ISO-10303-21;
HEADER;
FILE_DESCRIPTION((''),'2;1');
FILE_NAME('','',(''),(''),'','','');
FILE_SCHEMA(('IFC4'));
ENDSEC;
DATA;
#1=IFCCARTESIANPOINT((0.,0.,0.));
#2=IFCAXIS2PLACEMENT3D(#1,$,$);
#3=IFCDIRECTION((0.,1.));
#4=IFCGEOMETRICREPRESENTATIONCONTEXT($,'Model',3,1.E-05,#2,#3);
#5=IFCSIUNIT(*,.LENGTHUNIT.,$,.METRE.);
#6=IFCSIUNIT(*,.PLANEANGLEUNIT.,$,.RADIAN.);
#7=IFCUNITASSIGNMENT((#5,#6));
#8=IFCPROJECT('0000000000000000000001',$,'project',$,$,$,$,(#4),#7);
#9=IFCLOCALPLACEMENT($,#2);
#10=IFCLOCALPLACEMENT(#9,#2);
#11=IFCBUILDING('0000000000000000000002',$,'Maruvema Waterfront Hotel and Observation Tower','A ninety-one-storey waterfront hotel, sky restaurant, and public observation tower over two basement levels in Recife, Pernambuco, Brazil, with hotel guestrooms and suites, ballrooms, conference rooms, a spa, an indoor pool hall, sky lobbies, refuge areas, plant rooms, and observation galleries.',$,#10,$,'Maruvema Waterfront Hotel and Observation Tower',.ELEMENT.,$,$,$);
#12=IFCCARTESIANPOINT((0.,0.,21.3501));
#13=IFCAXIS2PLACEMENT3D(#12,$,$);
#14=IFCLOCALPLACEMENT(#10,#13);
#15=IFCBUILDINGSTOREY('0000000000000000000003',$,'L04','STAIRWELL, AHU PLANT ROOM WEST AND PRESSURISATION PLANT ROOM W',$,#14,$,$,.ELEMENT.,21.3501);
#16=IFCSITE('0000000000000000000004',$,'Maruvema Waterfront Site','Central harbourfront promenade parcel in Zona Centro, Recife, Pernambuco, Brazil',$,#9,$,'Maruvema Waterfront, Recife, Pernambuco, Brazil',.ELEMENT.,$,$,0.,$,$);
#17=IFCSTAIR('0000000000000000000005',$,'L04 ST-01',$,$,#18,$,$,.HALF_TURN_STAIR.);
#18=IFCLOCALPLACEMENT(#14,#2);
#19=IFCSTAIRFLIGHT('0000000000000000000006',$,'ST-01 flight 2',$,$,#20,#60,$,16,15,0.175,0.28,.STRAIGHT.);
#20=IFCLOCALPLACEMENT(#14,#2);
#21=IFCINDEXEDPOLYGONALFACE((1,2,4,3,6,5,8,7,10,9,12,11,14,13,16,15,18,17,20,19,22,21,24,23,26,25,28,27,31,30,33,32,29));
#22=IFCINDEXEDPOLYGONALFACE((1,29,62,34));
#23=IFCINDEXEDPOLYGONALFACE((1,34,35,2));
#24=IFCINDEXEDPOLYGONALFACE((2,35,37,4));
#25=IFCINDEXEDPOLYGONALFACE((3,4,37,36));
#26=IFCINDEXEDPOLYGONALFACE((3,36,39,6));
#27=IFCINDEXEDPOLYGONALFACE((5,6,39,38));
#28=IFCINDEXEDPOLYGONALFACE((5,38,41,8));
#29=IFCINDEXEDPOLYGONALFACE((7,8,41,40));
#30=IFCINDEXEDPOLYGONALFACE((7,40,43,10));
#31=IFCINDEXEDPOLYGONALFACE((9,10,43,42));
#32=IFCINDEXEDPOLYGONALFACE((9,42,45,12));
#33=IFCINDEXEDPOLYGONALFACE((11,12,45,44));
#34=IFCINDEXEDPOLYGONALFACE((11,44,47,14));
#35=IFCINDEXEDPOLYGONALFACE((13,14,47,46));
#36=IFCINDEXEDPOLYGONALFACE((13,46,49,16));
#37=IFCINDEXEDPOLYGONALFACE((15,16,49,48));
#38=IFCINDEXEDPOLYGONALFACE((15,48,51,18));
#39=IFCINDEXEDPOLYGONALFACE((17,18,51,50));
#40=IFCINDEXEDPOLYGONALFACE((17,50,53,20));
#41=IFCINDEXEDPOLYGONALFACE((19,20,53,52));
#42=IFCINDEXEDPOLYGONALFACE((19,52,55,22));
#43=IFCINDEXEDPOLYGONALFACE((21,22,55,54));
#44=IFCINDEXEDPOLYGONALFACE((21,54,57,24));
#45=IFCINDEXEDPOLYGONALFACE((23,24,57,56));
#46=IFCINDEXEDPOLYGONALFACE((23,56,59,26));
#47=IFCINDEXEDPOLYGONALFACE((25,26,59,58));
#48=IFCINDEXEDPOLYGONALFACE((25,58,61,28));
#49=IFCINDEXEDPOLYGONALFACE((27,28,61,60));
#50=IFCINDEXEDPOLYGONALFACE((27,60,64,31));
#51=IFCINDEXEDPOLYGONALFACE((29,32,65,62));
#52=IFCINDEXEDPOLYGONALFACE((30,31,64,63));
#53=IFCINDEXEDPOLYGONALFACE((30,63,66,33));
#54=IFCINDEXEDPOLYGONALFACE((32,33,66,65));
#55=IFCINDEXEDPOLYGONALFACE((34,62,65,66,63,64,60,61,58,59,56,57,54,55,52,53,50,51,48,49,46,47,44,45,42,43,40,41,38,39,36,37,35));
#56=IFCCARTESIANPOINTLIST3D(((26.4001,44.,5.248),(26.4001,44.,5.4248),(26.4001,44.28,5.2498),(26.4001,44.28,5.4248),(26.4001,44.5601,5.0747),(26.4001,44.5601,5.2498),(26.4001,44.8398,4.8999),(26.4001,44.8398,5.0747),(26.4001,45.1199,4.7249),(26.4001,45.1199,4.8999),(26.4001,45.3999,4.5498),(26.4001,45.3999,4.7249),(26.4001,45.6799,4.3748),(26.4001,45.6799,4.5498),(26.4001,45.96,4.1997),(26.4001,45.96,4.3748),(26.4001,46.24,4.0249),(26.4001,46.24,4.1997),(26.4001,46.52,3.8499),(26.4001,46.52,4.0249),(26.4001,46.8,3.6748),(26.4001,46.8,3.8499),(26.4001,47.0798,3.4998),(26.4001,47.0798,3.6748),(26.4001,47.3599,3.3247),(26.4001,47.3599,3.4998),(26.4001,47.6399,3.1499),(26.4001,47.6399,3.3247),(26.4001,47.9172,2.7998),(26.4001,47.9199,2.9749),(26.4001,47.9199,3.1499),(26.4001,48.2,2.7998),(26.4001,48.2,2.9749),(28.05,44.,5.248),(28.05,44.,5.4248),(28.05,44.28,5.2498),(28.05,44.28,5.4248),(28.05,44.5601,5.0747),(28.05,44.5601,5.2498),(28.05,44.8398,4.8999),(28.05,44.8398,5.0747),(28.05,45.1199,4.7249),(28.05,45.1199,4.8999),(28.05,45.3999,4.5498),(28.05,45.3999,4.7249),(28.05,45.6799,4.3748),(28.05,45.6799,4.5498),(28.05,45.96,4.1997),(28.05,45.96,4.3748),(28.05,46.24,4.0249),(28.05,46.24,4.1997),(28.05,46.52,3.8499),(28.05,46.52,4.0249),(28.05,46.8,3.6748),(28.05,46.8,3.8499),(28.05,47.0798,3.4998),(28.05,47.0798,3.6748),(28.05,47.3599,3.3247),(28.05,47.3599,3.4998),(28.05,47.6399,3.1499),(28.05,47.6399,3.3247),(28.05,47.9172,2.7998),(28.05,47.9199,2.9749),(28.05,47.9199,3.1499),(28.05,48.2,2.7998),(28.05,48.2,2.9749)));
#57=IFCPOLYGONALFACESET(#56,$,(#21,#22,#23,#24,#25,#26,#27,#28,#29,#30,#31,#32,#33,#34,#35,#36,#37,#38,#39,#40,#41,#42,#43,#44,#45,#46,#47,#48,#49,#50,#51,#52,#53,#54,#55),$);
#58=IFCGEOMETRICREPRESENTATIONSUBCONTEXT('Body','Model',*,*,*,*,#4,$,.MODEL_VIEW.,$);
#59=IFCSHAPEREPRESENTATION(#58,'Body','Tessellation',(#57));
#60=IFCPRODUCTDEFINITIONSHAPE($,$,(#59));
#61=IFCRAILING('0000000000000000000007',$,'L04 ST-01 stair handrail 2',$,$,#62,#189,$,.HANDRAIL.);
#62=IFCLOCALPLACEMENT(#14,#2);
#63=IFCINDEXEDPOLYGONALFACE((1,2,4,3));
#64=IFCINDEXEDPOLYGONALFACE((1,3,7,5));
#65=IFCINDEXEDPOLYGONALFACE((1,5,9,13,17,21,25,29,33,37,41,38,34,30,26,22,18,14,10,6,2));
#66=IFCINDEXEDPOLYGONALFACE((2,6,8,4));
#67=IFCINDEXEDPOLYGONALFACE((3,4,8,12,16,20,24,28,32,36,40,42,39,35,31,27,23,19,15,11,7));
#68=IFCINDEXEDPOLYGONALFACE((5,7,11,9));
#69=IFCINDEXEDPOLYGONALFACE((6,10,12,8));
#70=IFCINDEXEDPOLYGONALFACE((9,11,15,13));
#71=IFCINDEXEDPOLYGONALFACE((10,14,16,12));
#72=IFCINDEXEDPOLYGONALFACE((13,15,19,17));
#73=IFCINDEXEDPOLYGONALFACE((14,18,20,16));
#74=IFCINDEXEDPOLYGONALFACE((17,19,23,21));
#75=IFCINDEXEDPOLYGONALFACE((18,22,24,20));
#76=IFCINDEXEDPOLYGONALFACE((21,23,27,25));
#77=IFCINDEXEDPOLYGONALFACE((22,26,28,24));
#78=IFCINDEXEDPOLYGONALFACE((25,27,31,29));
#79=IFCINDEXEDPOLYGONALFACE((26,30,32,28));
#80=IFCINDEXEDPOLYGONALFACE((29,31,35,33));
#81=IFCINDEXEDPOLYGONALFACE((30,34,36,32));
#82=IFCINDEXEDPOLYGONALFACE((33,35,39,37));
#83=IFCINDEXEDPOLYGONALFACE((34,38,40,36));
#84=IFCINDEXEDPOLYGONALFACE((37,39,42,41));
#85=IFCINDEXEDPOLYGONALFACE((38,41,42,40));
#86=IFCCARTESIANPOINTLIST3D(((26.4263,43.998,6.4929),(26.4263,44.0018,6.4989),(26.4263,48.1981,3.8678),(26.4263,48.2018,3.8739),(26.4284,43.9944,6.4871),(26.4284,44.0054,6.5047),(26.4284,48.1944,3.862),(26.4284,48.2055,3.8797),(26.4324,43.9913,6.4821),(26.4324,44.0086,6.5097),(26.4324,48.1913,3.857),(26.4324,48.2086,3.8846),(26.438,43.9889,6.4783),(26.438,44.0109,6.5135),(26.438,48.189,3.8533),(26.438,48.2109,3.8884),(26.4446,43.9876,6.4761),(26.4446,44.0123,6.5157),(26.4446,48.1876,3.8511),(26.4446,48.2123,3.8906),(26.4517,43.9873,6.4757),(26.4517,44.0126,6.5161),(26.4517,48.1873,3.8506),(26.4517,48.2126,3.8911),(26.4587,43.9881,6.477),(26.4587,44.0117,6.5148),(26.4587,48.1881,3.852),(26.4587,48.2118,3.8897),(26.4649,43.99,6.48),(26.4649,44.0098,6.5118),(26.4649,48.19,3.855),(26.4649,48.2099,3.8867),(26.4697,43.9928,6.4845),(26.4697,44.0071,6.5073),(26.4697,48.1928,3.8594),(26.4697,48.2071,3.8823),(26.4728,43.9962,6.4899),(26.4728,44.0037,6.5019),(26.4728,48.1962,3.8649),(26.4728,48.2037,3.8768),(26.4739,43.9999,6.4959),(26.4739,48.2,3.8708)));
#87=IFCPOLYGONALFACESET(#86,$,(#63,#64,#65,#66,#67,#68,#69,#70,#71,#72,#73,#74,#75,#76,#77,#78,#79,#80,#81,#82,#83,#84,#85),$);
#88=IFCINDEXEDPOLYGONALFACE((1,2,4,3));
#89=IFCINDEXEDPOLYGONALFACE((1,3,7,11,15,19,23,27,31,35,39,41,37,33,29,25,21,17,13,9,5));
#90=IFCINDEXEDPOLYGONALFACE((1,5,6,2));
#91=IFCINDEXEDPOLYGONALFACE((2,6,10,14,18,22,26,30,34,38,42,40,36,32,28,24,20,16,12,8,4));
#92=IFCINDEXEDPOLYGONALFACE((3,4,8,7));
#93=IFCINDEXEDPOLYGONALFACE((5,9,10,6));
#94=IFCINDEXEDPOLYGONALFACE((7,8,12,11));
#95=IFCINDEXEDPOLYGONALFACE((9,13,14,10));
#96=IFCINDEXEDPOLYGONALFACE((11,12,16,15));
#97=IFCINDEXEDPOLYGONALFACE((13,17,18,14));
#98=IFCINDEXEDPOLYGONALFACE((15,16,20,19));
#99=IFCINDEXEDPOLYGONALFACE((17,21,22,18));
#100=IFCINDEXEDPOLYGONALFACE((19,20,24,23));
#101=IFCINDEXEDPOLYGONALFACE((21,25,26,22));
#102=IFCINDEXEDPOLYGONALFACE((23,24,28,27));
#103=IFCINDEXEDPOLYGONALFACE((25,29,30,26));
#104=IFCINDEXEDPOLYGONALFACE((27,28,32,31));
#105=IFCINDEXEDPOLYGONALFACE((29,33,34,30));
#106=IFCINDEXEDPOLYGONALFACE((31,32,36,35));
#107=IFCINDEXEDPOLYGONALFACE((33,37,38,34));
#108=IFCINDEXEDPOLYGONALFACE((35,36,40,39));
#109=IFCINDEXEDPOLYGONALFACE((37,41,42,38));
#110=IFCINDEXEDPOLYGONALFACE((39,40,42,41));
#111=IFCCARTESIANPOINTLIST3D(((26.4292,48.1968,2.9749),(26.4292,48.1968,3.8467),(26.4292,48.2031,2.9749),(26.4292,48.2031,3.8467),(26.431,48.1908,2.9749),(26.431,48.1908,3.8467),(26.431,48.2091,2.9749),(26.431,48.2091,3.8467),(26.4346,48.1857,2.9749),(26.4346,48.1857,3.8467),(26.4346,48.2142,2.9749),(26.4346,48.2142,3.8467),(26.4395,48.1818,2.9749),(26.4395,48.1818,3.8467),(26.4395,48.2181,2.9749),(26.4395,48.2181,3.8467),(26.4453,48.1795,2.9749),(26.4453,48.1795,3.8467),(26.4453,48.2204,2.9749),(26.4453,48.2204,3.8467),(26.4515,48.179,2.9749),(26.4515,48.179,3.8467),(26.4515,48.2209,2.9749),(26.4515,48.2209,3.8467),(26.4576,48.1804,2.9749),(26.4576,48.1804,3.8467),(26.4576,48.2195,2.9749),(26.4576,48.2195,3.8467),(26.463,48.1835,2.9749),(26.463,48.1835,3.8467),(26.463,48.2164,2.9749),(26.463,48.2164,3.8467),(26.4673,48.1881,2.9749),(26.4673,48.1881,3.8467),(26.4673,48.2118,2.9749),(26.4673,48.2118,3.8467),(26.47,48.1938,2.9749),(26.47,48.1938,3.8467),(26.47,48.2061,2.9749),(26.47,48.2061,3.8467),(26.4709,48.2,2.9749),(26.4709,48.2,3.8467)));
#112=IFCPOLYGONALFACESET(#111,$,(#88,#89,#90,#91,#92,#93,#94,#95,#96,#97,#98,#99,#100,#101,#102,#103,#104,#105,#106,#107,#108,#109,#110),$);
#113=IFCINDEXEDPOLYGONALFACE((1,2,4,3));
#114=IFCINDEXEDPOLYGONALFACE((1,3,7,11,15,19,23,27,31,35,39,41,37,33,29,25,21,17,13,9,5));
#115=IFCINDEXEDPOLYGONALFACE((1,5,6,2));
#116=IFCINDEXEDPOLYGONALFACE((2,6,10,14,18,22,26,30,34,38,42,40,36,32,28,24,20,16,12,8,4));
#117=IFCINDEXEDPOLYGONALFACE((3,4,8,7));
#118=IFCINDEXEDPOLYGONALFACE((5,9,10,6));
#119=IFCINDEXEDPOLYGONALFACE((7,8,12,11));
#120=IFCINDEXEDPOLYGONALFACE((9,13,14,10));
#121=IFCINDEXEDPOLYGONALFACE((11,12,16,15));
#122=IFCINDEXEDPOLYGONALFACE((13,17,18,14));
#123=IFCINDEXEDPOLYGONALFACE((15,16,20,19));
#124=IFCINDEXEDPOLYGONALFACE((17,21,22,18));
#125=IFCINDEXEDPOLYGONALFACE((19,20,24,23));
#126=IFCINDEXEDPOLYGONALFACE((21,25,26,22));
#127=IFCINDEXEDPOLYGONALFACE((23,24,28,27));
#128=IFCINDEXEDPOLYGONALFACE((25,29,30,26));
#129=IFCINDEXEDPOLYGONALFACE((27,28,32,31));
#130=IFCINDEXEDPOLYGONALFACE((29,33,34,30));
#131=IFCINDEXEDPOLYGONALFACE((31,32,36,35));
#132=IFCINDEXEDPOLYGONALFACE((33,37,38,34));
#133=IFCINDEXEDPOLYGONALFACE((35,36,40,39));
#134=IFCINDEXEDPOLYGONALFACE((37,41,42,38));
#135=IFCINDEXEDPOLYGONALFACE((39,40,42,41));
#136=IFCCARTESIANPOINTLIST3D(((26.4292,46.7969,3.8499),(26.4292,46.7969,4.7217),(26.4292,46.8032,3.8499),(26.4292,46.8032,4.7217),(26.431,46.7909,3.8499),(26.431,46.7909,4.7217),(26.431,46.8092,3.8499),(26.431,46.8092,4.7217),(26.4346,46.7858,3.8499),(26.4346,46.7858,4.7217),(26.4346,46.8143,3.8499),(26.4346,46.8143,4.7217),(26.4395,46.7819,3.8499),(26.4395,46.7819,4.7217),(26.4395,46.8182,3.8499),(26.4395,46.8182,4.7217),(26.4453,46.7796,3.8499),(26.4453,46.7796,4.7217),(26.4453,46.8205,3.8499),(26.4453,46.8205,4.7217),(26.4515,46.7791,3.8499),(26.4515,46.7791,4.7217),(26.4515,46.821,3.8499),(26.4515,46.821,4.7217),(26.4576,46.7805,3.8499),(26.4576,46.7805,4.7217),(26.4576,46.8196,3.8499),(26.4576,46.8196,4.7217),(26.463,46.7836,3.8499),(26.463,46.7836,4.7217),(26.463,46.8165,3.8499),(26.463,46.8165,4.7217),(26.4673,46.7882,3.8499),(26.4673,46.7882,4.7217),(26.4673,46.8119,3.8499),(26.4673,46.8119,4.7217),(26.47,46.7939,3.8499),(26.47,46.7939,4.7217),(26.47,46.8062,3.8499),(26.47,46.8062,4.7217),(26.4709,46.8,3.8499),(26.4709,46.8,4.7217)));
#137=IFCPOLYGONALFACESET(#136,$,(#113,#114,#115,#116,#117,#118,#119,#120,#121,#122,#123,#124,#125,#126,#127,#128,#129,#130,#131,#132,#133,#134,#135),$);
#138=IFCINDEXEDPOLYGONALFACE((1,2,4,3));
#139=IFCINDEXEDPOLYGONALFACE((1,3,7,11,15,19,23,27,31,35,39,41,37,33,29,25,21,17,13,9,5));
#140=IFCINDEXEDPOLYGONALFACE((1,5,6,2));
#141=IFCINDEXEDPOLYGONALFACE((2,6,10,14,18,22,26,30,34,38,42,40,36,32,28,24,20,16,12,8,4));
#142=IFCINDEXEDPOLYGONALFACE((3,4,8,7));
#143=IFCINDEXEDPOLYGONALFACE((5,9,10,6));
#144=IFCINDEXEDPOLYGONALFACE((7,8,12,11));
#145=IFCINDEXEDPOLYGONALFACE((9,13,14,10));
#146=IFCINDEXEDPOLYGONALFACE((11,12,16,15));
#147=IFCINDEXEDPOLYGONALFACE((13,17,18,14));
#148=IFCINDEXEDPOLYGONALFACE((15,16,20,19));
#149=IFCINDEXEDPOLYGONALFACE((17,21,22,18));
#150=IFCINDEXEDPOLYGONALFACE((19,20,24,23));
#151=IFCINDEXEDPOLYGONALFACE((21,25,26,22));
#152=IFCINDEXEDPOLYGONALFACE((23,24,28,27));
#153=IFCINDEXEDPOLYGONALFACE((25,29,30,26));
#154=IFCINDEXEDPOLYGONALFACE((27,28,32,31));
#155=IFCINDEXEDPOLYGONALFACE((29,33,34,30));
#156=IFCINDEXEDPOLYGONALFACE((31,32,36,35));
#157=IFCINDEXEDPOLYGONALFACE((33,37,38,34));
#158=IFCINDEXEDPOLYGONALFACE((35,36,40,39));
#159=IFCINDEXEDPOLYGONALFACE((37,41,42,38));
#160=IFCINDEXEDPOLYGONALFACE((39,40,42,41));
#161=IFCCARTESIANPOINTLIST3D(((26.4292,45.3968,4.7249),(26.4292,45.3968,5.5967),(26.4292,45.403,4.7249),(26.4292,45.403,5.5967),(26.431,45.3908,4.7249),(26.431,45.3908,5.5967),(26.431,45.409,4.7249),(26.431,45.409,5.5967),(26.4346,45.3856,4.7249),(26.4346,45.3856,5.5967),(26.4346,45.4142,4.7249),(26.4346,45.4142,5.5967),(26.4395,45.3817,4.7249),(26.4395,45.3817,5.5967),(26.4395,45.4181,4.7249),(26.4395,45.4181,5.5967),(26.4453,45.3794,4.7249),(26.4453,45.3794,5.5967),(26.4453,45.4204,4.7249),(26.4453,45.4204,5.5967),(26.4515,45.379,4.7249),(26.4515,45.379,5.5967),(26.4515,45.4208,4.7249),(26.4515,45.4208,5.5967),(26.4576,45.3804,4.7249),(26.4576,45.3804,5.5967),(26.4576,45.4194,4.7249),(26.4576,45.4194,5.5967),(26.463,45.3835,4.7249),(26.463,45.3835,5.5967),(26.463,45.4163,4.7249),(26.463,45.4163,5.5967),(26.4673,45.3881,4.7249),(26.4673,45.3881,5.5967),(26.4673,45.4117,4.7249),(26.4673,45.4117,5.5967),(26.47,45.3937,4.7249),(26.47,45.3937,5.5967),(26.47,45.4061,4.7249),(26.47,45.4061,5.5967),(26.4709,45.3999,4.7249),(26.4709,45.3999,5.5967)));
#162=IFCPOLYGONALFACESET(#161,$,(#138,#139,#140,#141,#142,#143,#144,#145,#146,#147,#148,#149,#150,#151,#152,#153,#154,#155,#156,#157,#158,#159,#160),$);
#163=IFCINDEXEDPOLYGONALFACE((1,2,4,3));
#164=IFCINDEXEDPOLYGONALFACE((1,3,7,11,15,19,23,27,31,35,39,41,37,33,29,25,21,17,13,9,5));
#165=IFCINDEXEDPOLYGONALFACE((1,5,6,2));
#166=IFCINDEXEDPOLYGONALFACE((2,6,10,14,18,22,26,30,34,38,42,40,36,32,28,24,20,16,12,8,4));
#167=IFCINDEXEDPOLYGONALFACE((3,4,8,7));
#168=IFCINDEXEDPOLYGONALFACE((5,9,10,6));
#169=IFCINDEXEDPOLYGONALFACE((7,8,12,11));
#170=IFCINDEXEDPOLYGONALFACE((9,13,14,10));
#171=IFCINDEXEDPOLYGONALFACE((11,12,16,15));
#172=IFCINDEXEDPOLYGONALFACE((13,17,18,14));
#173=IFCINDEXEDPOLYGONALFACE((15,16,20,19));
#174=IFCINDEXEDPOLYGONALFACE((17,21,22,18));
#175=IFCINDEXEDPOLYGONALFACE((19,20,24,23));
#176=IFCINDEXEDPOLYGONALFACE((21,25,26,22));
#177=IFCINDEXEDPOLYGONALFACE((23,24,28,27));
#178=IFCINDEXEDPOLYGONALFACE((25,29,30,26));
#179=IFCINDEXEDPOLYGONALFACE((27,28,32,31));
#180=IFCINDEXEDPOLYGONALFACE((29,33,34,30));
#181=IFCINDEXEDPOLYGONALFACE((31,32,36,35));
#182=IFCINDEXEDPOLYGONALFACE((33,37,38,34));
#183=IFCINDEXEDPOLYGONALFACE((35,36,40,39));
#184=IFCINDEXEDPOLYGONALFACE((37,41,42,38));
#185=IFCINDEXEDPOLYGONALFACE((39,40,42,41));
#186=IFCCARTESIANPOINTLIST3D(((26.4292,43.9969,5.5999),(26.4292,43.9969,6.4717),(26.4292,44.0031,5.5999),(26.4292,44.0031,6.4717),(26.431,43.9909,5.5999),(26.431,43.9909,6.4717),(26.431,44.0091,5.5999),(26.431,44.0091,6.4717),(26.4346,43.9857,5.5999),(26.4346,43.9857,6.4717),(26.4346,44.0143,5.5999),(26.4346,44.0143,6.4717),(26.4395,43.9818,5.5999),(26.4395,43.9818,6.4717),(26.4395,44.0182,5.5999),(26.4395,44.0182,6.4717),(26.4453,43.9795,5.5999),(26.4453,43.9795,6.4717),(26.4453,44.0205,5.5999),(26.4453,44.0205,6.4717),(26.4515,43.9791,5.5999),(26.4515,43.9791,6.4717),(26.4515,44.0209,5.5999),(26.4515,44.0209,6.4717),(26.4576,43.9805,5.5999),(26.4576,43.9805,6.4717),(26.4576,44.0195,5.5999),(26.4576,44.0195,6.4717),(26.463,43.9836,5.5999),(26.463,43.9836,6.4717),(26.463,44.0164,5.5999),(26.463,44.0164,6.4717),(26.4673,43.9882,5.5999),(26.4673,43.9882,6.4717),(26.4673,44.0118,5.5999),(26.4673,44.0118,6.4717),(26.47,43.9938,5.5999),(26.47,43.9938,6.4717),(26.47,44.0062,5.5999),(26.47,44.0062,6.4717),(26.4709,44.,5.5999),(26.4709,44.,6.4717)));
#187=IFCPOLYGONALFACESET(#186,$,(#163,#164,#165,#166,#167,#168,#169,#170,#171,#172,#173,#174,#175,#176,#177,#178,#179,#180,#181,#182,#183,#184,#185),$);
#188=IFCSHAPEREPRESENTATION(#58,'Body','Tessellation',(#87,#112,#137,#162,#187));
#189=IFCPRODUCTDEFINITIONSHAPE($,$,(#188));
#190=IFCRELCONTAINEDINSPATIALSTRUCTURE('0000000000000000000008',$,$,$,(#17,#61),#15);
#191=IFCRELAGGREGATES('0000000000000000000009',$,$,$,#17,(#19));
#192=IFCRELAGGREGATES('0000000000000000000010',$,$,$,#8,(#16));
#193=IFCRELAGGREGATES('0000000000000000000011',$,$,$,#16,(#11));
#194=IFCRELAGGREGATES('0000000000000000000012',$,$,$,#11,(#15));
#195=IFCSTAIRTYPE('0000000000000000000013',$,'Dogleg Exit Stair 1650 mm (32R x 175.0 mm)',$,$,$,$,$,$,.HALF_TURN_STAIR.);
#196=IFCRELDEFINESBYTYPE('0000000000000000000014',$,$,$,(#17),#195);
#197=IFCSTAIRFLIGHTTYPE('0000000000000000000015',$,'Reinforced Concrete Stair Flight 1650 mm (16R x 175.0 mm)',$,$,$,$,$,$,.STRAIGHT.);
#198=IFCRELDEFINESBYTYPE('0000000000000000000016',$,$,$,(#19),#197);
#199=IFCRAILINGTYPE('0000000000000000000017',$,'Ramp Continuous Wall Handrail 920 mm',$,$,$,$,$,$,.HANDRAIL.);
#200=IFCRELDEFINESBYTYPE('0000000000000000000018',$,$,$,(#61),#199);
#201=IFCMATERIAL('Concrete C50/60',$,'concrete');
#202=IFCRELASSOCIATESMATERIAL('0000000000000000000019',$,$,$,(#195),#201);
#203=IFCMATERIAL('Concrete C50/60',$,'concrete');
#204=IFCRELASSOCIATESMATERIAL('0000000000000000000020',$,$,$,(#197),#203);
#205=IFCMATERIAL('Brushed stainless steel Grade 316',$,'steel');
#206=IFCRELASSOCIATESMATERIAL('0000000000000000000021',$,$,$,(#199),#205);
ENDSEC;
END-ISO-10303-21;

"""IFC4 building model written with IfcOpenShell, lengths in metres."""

from ifc_helpers import new_model, si_unit, direction, frame, origin, origin_2d, place, context, subcontext, project, spatial, polyline, circle, outline, extrude, material, type_object, element, aggregate, save


model = new_model("IFC4")

# Units and contexts
model_context = context("Model", 3, precision=1e-05, world=origin(), true_north=direction((0.0, 1.0)))
body_context = subcontext(model_context, "Body", "Model", "MODEL_VIEW")
ifc_project = project(units=[si_unit("LENGTHUNIT", "METRE"), si_unit("PLANEANGLEUNIT", "RADIAN")], contexts=[model_context])

# Site, building, storey
site_placement = place(None, origin())
site = spatial("IfcSite", under=ifc_project, at=site_placement, Name="Maruvema Waterfront Site", Description="Central harbourfront promenade parcel in Zona Centro, Recife, Pernambuco, Brazil", LongName="Maruvema Waterfront, Recife, Pernambuco, Brazil", CompositionType="ELEMENT", RefElevation=0.0)
building_placement = place(site_placement, origin())
building = spatial("IfcBuilding", under=site, at=building_placement, Name="Maruvema Waterfront Hotel and Observation Tower", Description="A ninety-one-storey waterfront hotel, sky restaurant, and public observation tower over two basement levels in Recife, Pernambuco, Brazil, with hotel guestrooms and suites, ballrooms, conference rooms, a spa, an indoor pool hall, sky lobbies, refuge areas, plant rooms, and observation galleries.", LongName="Maruvema Waterfront Hotel and Observation Tower", CompositionType="ELEMENT")
storey_placement = place(building_placement, frame((0.0, 0.0, 21.3501)))
storey = spatial("IfcBuildingStorey", under=building, at=storey_placement, Name="L04", Description="STAIRWELL, AHU PLANT ROOM WEST AND PRESSURISATION PLANT ROOM W", CompositionType="ELEMENT", Elevation=21.3501)

# Stair, stair flight
ifc_material_1 = material(Name="Concrete C50/60", Category="concrete")
stair_type = type_object("IfcStairType", Name="Dogleg Exit Stair 1650 mm (32R x 175.0 mm)", PredefinedType="HALF_TURN_STAIR", material=ifc_material_1)
stair_placement = place(storey_placement, origin())
stair = element("IfcStair", 1, at=stair_placement, inside=storey, type_object=stair_type, Name="L04 ST-01", PredefinedType="HALF_TURN_STAIR")
ifc_material_2 = material(Name="Concrete C50/60", Category="concrete")
stair_flight_type = type_object("IfcStairFlightType", Name="Reinforced Concrete Stair Flight 1650 mm (16R x 175.0 mm)", PredefinedType="STRAIGHT", material=ifc_material_2)
stair_flight_placement = place(storey_placement, frame((27.2251, 48.2, 2.7998), z_axis=(0.0, 0.0, 1.0), x_axis=(0.0, -1.0, 0.0)))
stair_flight = element("IfcStairFlight", 2, at=stair_flight_placement, type_object=stair_flight_type, Name="ST-01 flight 2", NumberOfRisers=16, NumberOfTreads=15, PredefinedType="STRAIGHT", RiserHeight=0.175, TreadLength=0.28, context=body_context, shape_type="SweptSolid", body=[
    extrude(outline(polyline([(0.0, 0.0), (0.0, 0.175), (0.28, 0.175), (0.28, 0.3501), (0.5601, 0.3501), (0.5601, 0.5249), (0.8401, 0.5249), (0.8401, 0.7), (1.1201, 0.7), (1.1201, 0.875), (1.3999, 0.875), (1.3999, 1.05), (1.6799, 1.05), (1.6799, 1.2251), (1.96, 1.2251), (1.96, 1.3999), (2.24, 1.3999), (2.24, 1.575), (2.52, 1.575), (2.52, 1.75), (2.8, 1.75), (2.8, 1.925), (3.0801, 1.925), (3.0801, 2.1001), (3.3601, 2.1001), (3.3601, 2.2749), (3.6399, 2.2749), (3.6399, 2.45), (3.9199, 2.45), (3.9199, 2.625), (4.2, 2.625), (4.2, 2.8), (4.2, 2.4482), (0.2827, 0.0), (0.0, 0.0)])), frame((0.0, 0.825, 0.0), z_axis=(0.0, -1.0, 0.0), x_axis=(1.0, 0.0, 0.0)), (0.0, 0.0, 1.0), 1.6499),
])
aggregate(stair, [stair_flight])

# Railing
ifc_material_3 = material(Name="Brushed stainless steel Grade 316", Category="steel")
railing_type_1 = type_object("IfcRailingType", Name="Ramp Continuous Wall Handrail 920 mm", PredefinedType="HANDRAIL", material=ifc_material_3)
railing_1_placement = place(storey_placement, frame((26.45, 48.2, 2.9749)))
element("IfcRailing", 3, at=railing_1_placement, inside=storey, type_object=railing_type_1, Name="L04 ST-01 stair handrail 2", PredefinedType="HANDRAIL", context=body_context, shape_type="SweptSolid", body=[
    extrude(circle(Radius=0.0239, at=origin_2d()), frame((0.0, 0.0, 0.896), z_axis=(0.0, -0.847996, 0.530003), x_axis=(1.0, 0.0, 0.0)), (0.0, 0.0, 1.0), 4.9529),
    extrude(circle(Radius=0.021, at=origin_2d()), origin(), (0.0, 0.0, 1.0), 0.8718),
    extrude(circle(Radius=0.021, at=origin_2d()), frame((0.0, -1.3999, 0.875)), (0.0, 0.0, 1.0), 0.8718),
    extrude(circle(Radius=0.021, at=origin_2d()), frame((0.0, -2.8, 1.75)), (0.0, 0.0, 1.0), 0.8718),
    extrude(circle(Radius=0.021, at=origin_2d()), frame((0.0, -4.2, 2.625)), (0.0, 0.0, 1.0), 0.8718),
])

save(model, "model.ifc")
